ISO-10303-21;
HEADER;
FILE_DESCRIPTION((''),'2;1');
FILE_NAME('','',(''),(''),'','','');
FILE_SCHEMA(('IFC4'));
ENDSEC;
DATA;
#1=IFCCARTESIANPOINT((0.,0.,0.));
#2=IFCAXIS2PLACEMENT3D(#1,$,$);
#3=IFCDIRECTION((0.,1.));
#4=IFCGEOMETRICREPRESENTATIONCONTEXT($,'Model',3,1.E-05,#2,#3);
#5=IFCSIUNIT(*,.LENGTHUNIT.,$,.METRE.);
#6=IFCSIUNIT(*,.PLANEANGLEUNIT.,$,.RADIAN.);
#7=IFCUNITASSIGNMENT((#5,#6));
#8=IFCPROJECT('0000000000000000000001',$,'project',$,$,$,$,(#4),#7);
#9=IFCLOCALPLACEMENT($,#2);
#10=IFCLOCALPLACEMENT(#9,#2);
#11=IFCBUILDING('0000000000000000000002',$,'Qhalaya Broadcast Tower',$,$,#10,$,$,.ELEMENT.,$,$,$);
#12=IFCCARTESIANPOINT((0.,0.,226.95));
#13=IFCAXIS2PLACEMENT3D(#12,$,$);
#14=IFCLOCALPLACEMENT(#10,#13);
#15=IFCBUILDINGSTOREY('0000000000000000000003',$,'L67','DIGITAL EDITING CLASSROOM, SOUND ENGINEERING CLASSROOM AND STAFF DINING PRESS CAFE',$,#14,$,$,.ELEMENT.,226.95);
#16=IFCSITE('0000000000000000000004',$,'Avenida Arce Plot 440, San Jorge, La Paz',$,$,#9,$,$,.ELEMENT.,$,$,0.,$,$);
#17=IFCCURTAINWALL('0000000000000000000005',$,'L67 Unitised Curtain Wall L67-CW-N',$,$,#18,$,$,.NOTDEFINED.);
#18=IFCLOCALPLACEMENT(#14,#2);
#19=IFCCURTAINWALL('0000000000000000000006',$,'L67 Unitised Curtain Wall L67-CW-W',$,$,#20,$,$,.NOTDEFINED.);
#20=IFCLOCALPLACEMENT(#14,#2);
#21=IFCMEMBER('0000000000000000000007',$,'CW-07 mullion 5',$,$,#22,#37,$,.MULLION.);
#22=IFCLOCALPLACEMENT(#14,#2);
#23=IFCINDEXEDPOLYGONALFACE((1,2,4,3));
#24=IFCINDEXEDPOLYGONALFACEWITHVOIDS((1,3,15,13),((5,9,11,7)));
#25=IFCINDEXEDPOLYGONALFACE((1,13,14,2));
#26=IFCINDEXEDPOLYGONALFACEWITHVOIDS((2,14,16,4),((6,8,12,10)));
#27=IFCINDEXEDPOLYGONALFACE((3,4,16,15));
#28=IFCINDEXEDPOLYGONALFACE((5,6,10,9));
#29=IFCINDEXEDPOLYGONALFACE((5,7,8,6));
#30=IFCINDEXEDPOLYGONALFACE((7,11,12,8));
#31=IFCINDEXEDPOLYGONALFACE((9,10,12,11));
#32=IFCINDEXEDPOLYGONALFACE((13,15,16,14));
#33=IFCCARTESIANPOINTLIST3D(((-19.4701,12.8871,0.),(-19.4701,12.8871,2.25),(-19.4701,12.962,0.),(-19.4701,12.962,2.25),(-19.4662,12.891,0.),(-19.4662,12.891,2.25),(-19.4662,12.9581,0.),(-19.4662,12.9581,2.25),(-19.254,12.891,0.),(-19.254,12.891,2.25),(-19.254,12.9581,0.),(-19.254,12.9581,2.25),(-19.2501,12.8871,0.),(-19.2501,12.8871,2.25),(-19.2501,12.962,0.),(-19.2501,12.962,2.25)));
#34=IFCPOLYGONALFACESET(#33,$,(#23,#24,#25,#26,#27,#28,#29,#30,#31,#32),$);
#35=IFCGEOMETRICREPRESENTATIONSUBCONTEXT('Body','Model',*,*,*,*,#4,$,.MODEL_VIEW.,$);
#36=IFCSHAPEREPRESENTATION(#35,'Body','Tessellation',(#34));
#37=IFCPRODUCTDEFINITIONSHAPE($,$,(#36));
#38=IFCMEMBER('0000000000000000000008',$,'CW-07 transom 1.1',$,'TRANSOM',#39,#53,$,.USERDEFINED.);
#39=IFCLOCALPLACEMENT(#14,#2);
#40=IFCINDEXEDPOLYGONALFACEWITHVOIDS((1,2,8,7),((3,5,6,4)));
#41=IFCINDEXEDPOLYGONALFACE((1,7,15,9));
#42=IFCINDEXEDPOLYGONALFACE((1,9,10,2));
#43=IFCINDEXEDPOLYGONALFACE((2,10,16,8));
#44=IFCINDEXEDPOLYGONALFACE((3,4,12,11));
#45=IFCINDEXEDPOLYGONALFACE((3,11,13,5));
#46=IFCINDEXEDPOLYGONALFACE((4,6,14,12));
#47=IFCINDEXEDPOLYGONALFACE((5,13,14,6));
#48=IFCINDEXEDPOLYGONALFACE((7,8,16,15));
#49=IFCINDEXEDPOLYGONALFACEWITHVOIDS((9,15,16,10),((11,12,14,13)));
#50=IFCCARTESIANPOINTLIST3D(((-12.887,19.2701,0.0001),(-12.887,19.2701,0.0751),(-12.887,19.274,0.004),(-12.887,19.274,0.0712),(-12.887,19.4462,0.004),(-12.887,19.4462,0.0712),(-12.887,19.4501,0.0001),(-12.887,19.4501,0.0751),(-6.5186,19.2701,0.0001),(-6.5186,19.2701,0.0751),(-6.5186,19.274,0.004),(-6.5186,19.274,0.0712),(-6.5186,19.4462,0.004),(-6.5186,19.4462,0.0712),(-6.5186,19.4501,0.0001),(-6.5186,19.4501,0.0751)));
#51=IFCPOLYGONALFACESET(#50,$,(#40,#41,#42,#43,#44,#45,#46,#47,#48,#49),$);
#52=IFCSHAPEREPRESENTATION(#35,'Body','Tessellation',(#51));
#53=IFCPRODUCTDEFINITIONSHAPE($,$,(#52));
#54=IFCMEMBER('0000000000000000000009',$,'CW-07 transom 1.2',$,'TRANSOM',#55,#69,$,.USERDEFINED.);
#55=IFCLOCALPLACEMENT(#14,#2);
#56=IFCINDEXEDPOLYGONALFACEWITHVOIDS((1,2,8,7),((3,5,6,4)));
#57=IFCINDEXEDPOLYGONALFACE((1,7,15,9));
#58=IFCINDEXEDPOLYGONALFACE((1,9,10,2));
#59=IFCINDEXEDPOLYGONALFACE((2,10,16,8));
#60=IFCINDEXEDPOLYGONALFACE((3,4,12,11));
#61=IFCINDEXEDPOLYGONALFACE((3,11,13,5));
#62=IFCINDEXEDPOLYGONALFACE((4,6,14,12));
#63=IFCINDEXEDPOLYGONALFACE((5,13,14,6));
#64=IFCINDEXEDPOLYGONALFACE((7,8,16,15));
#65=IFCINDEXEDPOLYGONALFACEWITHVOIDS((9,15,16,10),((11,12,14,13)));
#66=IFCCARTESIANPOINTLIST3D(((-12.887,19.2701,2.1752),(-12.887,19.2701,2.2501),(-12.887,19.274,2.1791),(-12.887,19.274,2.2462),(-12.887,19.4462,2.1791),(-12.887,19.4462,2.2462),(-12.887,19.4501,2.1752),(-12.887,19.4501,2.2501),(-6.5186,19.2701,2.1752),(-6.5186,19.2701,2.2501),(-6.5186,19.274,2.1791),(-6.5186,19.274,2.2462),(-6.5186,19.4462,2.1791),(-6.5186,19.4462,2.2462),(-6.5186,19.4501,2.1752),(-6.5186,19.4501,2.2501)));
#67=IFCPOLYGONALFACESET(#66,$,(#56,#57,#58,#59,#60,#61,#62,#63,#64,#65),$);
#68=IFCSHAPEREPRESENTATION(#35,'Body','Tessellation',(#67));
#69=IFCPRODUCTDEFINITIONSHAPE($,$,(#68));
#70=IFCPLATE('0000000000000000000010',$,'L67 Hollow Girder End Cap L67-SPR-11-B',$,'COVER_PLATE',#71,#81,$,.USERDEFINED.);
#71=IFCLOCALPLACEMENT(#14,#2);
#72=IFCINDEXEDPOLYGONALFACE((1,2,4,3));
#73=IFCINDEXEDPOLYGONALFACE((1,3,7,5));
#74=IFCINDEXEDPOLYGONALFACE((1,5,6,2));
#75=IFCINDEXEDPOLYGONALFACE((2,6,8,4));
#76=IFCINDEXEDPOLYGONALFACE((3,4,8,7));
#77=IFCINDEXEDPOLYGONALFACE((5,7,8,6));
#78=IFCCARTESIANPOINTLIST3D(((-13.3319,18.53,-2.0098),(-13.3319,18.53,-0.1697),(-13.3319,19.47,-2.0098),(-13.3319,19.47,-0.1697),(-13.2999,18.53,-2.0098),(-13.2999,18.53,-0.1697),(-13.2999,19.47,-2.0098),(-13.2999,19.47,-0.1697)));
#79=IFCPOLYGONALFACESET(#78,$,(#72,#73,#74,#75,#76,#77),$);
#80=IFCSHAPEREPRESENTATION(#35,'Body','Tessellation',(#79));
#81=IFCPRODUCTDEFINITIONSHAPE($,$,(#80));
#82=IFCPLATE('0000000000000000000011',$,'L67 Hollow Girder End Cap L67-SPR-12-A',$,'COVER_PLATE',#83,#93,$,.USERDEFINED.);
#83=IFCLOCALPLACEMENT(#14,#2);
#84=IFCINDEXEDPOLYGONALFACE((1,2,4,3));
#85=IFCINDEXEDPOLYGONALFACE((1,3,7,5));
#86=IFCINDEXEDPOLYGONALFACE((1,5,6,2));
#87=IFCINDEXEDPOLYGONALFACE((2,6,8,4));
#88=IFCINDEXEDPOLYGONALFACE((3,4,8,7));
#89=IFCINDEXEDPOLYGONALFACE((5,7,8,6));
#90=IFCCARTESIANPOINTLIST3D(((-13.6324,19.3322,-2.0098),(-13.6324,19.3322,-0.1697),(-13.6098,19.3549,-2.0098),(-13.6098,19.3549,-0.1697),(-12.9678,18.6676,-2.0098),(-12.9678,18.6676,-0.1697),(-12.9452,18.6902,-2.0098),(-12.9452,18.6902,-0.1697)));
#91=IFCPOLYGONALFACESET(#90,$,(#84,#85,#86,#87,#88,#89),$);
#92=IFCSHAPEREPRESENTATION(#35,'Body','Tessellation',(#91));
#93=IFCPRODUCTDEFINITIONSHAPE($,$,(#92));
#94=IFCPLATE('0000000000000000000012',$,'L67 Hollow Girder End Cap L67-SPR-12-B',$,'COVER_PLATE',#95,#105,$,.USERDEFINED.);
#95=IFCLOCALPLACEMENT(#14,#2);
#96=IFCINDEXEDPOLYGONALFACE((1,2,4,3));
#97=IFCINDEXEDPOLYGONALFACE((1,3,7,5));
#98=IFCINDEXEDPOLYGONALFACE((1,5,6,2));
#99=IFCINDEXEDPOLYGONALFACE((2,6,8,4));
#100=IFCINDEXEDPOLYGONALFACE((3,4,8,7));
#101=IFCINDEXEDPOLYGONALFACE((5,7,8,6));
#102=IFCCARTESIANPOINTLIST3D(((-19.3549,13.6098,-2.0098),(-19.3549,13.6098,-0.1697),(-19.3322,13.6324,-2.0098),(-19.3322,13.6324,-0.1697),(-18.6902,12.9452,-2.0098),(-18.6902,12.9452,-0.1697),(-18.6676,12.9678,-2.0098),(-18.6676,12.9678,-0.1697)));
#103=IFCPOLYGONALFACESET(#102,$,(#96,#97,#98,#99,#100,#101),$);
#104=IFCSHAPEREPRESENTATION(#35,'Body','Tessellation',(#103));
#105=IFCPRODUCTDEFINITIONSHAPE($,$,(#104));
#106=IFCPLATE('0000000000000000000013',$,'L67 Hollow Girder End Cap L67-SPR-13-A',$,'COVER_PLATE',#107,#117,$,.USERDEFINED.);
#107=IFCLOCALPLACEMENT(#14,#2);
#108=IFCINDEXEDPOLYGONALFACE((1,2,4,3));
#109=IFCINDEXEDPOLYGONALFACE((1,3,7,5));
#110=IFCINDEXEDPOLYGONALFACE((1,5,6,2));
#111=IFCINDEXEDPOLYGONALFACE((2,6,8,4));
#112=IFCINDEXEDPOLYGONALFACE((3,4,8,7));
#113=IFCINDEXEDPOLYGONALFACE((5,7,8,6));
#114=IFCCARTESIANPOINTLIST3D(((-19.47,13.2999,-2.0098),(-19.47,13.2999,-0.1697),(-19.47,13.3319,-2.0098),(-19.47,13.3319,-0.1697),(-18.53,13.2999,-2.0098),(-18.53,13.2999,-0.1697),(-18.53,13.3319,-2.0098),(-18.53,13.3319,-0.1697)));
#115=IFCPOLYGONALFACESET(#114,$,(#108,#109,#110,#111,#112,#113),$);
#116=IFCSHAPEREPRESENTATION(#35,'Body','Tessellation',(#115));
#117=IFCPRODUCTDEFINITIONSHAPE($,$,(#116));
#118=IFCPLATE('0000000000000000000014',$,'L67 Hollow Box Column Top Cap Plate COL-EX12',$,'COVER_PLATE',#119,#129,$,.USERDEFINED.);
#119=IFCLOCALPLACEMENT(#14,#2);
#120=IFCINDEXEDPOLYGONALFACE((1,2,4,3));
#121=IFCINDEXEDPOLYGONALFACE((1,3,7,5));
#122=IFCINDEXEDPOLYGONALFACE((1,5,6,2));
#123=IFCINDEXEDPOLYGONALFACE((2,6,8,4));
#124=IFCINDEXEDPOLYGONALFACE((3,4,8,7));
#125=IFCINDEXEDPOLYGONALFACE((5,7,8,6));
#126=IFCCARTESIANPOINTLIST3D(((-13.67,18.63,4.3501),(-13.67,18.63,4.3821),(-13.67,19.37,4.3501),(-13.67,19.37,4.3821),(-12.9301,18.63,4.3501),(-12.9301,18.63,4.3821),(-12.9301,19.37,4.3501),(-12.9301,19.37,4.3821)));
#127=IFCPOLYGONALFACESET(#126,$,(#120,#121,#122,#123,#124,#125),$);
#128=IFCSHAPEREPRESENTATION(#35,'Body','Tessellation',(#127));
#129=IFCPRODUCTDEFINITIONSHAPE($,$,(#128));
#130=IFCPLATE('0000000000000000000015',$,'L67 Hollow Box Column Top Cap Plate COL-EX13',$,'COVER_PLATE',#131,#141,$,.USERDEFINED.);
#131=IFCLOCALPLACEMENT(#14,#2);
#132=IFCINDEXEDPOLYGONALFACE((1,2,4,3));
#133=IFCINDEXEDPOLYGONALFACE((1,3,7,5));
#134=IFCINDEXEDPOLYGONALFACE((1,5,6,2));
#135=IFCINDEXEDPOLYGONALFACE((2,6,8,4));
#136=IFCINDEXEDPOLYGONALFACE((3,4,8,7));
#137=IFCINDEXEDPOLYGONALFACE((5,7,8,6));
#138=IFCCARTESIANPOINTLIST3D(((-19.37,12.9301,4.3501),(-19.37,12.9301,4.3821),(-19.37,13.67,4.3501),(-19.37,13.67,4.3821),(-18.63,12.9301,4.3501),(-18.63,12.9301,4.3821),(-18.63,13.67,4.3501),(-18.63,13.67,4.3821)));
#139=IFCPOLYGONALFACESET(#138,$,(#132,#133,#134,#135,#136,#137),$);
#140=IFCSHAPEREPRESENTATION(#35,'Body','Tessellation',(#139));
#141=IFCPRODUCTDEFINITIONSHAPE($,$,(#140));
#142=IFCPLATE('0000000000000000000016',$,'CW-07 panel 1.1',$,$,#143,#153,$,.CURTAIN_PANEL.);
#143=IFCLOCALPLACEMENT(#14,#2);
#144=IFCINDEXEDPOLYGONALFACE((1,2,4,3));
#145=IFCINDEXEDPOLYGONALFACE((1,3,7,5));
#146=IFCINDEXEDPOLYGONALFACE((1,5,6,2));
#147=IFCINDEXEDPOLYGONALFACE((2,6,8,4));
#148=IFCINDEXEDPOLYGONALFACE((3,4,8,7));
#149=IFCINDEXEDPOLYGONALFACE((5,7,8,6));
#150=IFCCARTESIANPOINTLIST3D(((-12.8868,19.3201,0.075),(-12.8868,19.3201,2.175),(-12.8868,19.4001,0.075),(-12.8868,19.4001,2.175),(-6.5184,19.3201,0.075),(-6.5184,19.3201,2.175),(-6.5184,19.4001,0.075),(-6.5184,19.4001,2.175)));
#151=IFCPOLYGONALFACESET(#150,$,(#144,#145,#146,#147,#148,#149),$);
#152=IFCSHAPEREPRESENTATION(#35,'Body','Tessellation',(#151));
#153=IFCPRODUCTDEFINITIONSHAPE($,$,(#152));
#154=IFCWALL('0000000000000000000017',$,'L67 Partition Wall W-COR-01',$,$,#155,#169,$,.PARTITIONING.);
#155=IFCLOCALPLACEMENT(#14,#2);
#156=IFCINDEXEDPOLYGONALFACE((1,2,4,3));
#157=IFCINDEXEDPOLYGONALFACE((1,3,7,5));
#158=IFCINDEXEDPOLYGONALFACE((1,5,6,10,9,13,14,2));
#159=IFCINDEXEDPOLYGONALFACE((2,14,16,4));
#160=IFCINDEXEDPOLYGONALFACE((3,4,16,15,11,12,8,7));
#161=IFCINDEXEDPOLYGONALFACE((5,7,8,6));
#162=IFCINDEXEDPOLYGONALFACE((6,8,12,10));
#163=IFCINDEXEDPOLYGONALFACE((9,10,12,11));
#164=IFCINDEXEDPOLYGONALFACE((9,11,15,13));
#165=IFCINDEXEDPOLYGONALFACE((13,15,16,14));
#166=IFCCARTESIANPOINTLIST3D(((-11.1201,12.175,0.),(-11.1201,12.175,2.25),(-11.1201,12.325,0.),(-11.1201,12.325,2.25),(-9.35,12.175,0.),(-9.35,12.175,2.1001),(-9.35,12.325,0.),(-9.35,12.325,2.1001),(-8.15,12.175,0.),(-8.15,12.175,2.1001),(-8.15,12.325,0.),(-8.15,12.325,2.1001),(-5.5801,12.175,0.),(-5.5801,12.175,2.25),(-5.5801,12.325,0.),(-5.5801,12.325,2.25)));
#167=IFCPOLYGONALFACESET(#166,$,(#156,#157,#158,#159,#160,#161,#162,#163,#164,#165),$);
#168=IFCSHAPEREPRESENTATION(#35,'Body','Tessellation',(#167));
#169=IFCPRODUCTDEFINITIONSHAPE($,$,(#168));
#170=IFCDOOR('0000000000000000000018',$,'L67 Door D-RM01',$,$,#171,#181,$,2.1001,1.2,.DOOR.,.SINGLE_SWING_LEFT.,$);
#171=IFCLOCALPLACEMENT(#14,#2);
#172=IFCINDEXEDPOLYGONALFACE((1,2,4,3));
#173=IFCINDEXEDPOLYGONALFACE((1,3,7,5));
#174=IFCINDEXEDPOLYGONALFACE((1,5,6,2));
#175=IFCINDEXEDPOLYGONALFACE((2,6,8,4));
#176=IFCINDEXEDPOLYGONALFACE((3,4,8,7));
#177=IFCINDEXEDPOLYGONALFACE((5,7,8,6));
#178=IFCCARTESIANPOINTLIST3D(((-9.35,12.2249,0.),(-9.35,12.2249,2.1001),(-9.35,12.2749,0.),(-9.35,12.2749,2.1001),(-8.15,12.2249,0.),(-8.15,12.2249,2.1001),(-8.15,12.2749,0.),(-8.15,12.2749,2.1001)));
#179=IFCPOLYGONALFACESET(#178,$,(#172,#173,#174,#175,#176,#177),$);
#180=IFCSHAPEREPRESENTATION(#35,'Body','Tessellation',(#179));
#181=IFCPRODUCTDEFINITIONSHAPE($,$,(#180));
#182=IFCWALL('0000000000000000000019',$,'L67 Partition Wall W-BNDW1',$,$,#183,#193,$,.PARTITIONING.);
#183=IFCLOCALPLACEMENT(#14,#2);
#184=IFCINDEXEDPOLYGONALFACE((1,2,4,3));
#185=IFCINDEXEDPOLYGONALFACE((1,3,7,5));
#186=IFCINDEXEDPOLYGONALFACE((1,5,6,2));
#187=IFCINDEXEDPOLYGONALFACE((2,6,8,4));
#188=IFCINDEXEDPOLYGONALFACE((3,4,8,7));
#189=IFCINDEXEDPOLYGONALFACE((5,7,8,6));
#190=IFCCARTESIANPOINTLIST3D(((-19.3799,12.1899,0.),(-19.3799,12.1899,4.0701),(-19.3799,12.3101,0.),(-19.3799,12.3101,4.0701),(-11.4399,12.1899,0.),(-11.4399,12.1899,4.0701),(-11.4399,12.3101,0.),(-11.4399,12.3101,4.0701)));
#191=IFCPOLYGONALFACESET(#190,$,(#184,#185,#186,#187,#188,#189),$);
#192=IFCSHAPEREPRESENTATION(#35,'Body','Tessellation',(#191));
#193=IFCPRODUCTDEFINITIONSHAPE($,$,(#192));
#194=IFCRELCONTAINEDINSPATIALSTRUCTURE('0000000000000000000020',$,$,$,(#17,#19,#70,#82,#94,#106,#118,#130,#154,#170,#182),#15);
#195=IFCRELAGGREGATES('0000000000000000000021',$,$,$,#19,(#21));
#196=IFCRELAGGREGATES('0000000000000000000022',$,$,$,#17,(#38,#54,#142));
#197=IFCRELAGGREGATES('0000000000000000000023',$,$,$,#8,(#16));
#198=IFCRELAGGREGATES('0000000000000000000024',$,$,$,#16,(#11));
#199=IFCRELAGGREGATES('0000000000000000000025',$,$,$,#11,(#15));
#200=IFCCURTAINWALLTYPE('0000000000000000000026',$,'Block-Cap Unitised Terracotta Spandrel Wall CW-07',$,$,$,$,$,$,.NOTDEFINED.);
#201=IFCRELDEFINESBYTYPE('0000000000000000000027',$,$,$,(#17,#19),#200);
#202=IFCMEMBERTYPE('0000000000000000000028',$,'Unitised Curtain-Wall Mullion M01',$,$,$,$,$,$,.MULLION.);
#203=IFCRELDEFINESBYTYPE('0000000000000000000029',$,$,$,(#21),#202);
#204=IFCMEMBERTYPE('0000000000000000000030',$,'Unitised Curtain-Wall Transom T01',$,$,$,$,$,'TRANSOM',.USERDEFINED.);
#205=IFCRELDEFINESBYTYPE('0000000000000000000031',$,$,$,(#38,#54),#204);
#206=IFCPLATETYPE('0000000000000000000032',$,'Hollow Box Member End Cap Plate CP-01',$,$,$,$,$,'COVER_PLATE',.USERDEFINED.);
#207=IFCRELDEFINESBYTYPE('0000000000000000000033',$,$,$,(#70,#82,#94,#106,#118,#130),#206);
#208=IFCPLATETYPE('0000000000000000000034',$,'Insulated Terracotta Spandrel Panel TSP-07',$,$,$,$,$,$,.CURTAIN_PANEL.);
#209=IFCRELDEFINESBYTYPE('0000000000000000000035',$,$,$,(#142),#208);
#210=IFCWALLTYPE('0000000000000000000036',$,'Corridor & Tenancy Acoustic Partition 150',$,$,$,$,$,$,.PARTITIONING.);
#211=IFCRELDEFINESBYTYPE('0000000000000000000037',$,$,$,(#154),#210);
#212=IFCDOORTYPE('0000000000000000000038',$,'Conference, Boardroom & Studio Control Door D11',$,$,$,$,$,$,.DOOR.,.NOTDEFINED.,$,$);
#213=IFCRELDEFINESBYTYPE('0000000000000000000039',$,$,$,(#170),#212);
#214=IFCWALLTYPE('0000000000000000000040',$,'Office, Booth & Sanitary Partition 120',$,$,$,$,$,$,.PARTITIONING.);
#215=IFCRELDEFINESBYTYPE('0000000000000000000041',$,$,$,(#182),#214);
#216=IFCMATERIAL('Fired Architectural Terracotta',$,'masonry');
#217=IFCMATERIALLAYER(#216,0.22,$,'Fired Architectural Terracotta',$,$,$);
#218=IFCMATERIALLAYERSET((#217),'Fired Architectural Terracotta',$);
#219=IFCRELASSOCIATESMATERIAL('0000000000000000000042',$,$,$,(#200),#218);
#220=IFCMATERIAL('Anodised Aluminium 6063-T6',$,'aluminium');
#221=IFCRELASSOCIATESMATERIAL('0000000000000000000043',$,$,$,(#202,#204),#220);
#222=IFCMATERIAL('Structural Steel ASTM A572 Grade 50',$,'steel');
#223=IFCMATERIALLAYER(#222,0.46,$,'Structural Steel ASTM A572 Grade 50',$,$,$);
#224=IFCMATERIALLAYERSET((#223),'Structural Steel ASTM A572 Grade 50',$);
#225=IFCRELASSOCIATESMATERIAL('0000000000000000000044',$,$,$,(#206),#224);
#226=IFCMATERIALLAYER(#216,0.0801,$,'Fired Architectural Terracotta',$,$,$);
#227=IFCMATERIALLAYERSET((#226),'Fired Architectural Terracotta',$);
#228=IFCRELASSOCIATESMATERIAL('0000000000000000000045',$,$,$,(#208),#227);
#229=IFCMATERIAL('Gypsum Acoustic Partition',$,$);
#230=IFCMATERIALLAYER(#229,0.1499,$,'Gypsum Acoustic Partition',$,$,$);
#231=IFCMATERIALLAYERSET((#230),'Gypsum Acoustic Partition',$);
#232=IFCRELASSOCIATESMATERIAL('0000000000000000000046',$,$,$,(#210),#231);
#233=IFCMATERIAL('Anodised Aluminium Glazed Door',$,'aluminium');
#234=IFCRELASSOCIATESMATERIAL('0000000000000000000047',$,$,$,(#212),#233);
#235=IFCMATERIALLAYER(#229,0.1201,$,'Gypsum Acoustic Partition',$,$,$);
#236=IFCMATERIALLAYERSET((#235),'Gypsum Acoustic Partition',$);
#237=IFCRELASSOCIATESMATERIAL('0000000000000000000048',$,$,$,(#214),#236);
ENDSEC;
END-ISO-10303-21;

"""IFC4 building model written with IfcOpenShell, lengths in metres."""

from ifc_helpers import new_model, si_unit, direction, frame, frame_2d, origin, origin_2d, place, context, subcontext, project, spatial, rectangle, hollow_rectangle, extrude, material, layer, layer_set, material_profile, profile_set, type_object, element, fill, aggregate, save


model = new_model("IFC4")

# Units and contexts
model_context = context("Model", 3, precision=1e-05, world=origin(), true_north=direction((0.0, 1.0)))
body_context = subcontext(model_context, "Body", "Model", "MODEL_VIEW")
ifc_project = project(units=[si_unit("LENGTHUNIT", "METRE"), si_unit("PLANEANGLEUNIT", "RADIAN")], contexts=[model_context])

# Site, building, storey
site_placement = place(None, origin())
site = spatial("IfcSite", under=ifc_project, at=site_placement, Name="Avenida Arce Plot 440, San Jorge, La Paz", CompositionType="ELEMENT", RefElevation=0.0)
building_placement = place(site_placement, origin())
building = spatial("IfcBuilding", under=site, at=building_placement, Name="Qhalaya Broadcast Tower", CompositionType="ELEMENT")
storey_placement = place(building_placement, frame((0.0, 0.0, 226.95)))
storey = spatial("IfcBuildingStorey", under=building, at=storey_placement, Name="L67", Description="DIGITAL EDITING CLASSROOM, SOUND ENGINEERING CLASSROOM AND STAFF DINING PRESS CAFE", CompositionType="ELEMENT", Elevation=226.95)

# Shared definitions
ifc_material_1 = material(Name="Structural Steel ASTM A572 Grade 50", Category="steel")

# Curtain walls, member
ifc_material_2 = material(Name="Fired Architectural Terracotta", Category="masonry")
ifc_layer_1 = layer(ifc_material_2, 0.22, Name="Fired Architectural Terracotta")
ifc_layer_set_1 = layer_set([ifc_layer_1], Name="Fired Architectural Terracotta")
curtain_wall_type = type_object("IfcCurtainWallType", Name="Block-Cap Unitised Terracotta Spandrel Wall CW-07", PredefinedType="NOTDEFINED", material=ifc_layer_set_1)
curtain_wall_1_placement = place(storey_placement, origin())
curtain_wall_1 = element("IfcCurtainWall", 1, at=curtain_wall_1_placement, inside=storey, type_object=curtain_wall_type, Name="L67 Unitised Curtain Wall L67-CW-N", PredefinedType="NOTDEFINED")
ifc_material_3 = material(Name="Anodised Aluminium 6063-T6", Category="aluminium")
ifc_material_profile_1 = material_profile(ifc_material_3, hollow_rectangle(XDim=0.075, YDim=0.22, WallThickness=0.0039, at=origin_2d()), Name="ALU-MUL 75x220x4")
ifc_profile_set_1 = profile_set([ifc_material_profile_1], Name="Anodised Aluminium 6063-T6")
member_type_1 = type_object("IfcMemberType", Name="Unitised Curtain-Wall Mullion M01", PredefinedType="MULLION", material=ifc_profile_set_1)
curtain_wall_2_placement = place(storey_placement, origin())
curtain_wall_2 = element("IfcCurtainWall", 2, at=curtain_wall_2_placement, inside=storey, type_object=curtain_wall_type, Name="L67 Unitised Curtain Wall L67-CW-W", PredefinedType="NOTDEFINED")
member_1_placement = place(storey_placement, frame((-19.3601, 12.9246, 0.0), z_axis=(0.0, 0.0, 1.0), x_axis=(0.0, 1.0, 0.0)))
member_1 = element("IfcMember", 3, at=member_1_placement, type_object=member_type_1, Name="CW-07 mullion 5", PredefinedType="MULLION", context=body_context, shape_type="SweptSolid", body=[
    extrude(hollow_rectangle(XDim=0.075, YDim=0.22, WallThickness=0.0039, at=origin_2d()), origin(), (0.0, 0.0, 1.0), 2.25),
])
aggregate(curtain_wall_2, [member_1])

# Members
ifc_material_profile_2 = material_profile(ifc_material_3, hollow_rectangle(XDim=0.075, YDim=0.1799, WallThickness=0.0039, at=origin_2d()), Name="ALU-TRN 75x180x4")
ifc_profile_set_2 = profile_set([ifc_material_profile_2], Name="Anodised Aluminium 6063-T6")
member_type_2 = type_object("IfcMemberType", Name="Unitised Curtain-Wall Transom T01", ElementType="TRANSOM", PredefinedType="USERDEFINED", material=ifc_profile_set_2)
member_2_placement = place(storey_placement, frame((-12.887, 19.3601, 0.0376), z_axis=(1.0, 0.0, 0.0), x_axis=(0.0, 0.0, 1.0)))
member_2 = element("IfcMember", 4, at=member_2_placement, type_object=member_type_2, Name="CW-07 transom 1.1", ObjectType="TRANSOM", PredefinedType="USERDEFINED", context=body_context, shape_type="SweptSolid", body=[
    extrude(hollow_rectangle(XDim=0.075, YDim=0.1799, WallThickness=0.0039, at=origin_2d()), origin(), (0.0, 0.0, 1.0), 6.3684),
])
member_3_placement = place(storey_placement, frame((-12.887, 19.3601, 2.2126), z_axis=(1.0, 0.0, 0.0), x_axis=(0.0, 0.0, 1.0)))
member_3 = element("IfcMember", 5, at=member_3_placement, type_object=member_type_2, Name="CW-07 transom 1.2", ObjectType="TRANSOM", PredefinedType="USERDEFINED", context=body_context, shape_type="SweptSolid", body=[
    extrude(hollow_rectangle(XDim=0.075, YDim=0.1799, WallThickness=0.0039, at=origin_2d()), origin(), (0.0, 0.0, 1.0), 6.3684),
])

# Plates
ifc_layer_2 = layer(ifc_material_1, 0.46, Name="Structural Steel ASTM A572 Grade 50")
ifc_layer_set_2 = layer_set([ifc_layer_2], Name="Structural Steel ASTM A572 Grade 50")
plate_type_1 = type_object("IfcPlateType", Name="Hollow Box Member End Cap Plate CP-01", ElementType="COVER_PLATE", PredefinedType="USERDEFINED", material=ifc_layer_set_2)
for number, where, z_axis, x_axis, name in (
    (6, (-13.3159, 19.0, -2.0098), (0.0, 0.0, 1.0), (0.0, -1.0, 0.0), "L67 Hollow Girder End Cap L67-SPR-11-B"),
    (7, (-13.2888, 19.0112, -2.0098), (0.0, 0.0, 1.0), (0.707107, -0.707107, 0.0), "L67 Hollow Girder End Cap L67-SPR-12-A"),
    (8, (-19.0112, 13.2888, -2.0098), (0.0, 0.0, 1.0), (0.707107, -0.707107, 0.0), "L67 Hollow Girder End Cap L67-SPR-12-B"),
    (9, (-19.0, 13.3159, -2.0098), (0.0, 0.0, 1.0), (1.0, 0.0, 0.0), "L67 Hollow Girder End Cap L67-SPR-13-A"),
):
    element("IfcPlate", number, at=place(storey_placement, frame(where, z_axis=z_axis, x_axis=x_axis)), inside=storey, type_object=plate_type_1, Name=name, ObjectType="COVER_PLATE", PredefinedType="USERDEFINED", context=body_context, shape_type="SweptSolid", body=[
        extrude(rectangle(XDim=0.9399, YDim=0.032, at=origin_2d()), origin(), (0.0, 0.0, 1.0), 1.8401),
    ])
for number, where, z_axis, x_axis, name in (
    (10, (-13.3, 19.0, 4.3501), (0.0, 0.0, 1.0), (1.0, 0.0, 0.0), "L67 Hollow Box Column Top Cap Plate COL-EX12"),
    (11, (-19.0, 13.3, 4.3501), (0.0, 0.0, 1.0), (0.0, 1.0, 0.0), "L67 Hollow Box Column Top Cap Plate COL-EX13"),
):
    element("IfcPlate", number, at=place(storey_placement, frame(where, z_axis=z_axis, x_axis=x_axis)), inside=storey, type_object=plate_type_1, Name=name, ObjectType="COVER_PLATE", PredefinedType="USERDEFINED", context=body_context, shape_type="SweptSolid", body=[
        extrude(rectangle(XDim=0.74, YDim=0.74, at=origin_2d()), origin(), (0.0, 0.0, 1.0), 0.032),
    ])

# Plate
ifc_layer_3 = layer(ifc_material_2, 0.0801, Name="Fired Architectural Terracotta")
ifc_layer_set_3 = layer_set([ifc_layer_3], Name="Fired Architectural Terracotta")
plate_type_2 = type_object("IfcPlateType", Name="Insulated Terracotta Spandrel Panel TSP-07", PredefinedType="CURTAIN_PANEL", material=ifc_layer_set_3)
plate_placement = place(storey_placement, frame((-9.7026, 19.3601, 0.075), z_axis=(0.0, 0.0, 1.0), x_axis=(1.0, 0.0, 0.0)))
plate = element("IfcPlate", 12, at=plate_placement, type_object=plate_type_2, Name="CW-07 panel 1.1", PredefinedType="CURTAIN_PANEL", context=body_context, shape_type="SweptSolid", body=[
    extrude(rectangle(XDim=6.3684, YDim=0.0801, at=origin_2d()), origin(), (0.0, 0.0, 1.0), 2.1001),
])
aggregate(curtain_wall_1, [member_2, member_3, plate])

# Wall, opening, door
ifc_material_4 = material(Name="Gypsum Acoustic Partition")
ifc_layer_4 = layer(ifc_material_4, 0.1499, Name="Gypsum Acoustic Partition")
ifc_layer_set_4 = layer_set([ifc_layer_4], Name="Gypsum Acoustic Partition")
wall_type_1 = type_object("IfcWallType", Name="Corridor & Tenancy Acoustic Partition 150", PredefinedType="PARTITIONING", material=ifc_layer_set_4)
wall_1_placement = place(storey_placement, frame((-11.1201, 12.25, 0.0), z_axis=(0.0, 0.0, 1.0), x_axis=(1.0, 0.0, 0.0)))
wall_1 = element("IfcWall", 13, at=wall_1_placement, inside=storey, type_object=wall_type_1, Name="L67 Partition Wall W-COR-01", PredefinedType="PARTITIONING", context=body_context, shape_type="SweptSolid", body=[
    extrude(rectangle(XDim=5.54, YDim=0.1499, at=frame_2d((2.77, 0.0))), origin(), (0.0, 0.0, 1.0), 2.25),
])
opening_placement = place(wall_1_placement, frame((1.77, 0.0, 0.0)))
opening = element("IfcOpeningElement", 14, at=opening_placement, cuts=wall_1, PredefinedType="OPENING", context=body_context, shape_type="SweptSolid", body=[
    extrude(rectangle(XDim=1.2, YDim=2.1001, at=frame_2d((0.6001, 1.05))), frame((0.0, 0.0869, 0.0), z_axis=(0.0, -1.0, 0.0), x_axis=(1.0, 0.0, 0.0)), (0.0, 0.0, 1.0), 0.1738),
])
ifc_material_5 = material(Name="Anodised Aluminium Glazed Door", Category="aluminium")
door_type = type_object("IfcDoorType", Name="Conference, Boardroom & Studio Control Door D11", OperationType="NOTDEFINED", PredefinedType="DOOR", material=ifc_material_5)
door_placement = place(opening_placement, origin())
door = element("IfcDoor", 15, at=door_placement, inside=storey, type_object=door_type, Name="L67 Door D-RM01", OperationType="SINGLE_SWING_LEFT", OverallHeight=2.1001, OverallWidth=1.2, PredefinedType="DOOR", context=body_context, shape_type="SweptSolid", body=[
    extrude(rectangle(XDim=1.2, YDim=2.1001, at=frame_2d((0.6001, 1.05))), frame((0.0, 0.0249, 0.0), z_axis=(0.0, -1.0, 0.0), x_axis=(1.0, 0.0, 0.0)), (0.0, 0.0, 1.0), 0.05),
])
fill(opening, door)

# Wall
ifc_layer_5 = layer(ifc_material_4, 0.1201, Name="Gypsum Acoustic Partition")
ifc_layer_set_5 = layer_set([ifc_layer_5], Name="Gypsum Acoustic Partition")
wall_type_2 = type_object("IfcWallType", Name="Office, Booth & Sanitary Partition 120", PredefinedType="PARTITIONING", material=ifc_layer_set_5)
wall_2_placement = place(storey_placement, frame((-19.3799, 12.25, 0.0), z_axis=(0.0, 0.0, 1.0), x_axis=(1.0, 0.0, 0.0)))
element("IfcWall", 16, at=wall_2_placement, inside=storey, type_object=wall_type_2, Name="L67 Partition Wall W-BNDW1", PredefinedType="PARTITIONING", context=body_context, shape_type="SweptSolid", body=[
    extrude(rectangle(XDim=7.9399, YDim=0.1201, at=frame_2d((3.97, 0.0))), origin(), (0.0, 0.0, 1.0), 4.0701),
])

save(model, "model.ifc")
